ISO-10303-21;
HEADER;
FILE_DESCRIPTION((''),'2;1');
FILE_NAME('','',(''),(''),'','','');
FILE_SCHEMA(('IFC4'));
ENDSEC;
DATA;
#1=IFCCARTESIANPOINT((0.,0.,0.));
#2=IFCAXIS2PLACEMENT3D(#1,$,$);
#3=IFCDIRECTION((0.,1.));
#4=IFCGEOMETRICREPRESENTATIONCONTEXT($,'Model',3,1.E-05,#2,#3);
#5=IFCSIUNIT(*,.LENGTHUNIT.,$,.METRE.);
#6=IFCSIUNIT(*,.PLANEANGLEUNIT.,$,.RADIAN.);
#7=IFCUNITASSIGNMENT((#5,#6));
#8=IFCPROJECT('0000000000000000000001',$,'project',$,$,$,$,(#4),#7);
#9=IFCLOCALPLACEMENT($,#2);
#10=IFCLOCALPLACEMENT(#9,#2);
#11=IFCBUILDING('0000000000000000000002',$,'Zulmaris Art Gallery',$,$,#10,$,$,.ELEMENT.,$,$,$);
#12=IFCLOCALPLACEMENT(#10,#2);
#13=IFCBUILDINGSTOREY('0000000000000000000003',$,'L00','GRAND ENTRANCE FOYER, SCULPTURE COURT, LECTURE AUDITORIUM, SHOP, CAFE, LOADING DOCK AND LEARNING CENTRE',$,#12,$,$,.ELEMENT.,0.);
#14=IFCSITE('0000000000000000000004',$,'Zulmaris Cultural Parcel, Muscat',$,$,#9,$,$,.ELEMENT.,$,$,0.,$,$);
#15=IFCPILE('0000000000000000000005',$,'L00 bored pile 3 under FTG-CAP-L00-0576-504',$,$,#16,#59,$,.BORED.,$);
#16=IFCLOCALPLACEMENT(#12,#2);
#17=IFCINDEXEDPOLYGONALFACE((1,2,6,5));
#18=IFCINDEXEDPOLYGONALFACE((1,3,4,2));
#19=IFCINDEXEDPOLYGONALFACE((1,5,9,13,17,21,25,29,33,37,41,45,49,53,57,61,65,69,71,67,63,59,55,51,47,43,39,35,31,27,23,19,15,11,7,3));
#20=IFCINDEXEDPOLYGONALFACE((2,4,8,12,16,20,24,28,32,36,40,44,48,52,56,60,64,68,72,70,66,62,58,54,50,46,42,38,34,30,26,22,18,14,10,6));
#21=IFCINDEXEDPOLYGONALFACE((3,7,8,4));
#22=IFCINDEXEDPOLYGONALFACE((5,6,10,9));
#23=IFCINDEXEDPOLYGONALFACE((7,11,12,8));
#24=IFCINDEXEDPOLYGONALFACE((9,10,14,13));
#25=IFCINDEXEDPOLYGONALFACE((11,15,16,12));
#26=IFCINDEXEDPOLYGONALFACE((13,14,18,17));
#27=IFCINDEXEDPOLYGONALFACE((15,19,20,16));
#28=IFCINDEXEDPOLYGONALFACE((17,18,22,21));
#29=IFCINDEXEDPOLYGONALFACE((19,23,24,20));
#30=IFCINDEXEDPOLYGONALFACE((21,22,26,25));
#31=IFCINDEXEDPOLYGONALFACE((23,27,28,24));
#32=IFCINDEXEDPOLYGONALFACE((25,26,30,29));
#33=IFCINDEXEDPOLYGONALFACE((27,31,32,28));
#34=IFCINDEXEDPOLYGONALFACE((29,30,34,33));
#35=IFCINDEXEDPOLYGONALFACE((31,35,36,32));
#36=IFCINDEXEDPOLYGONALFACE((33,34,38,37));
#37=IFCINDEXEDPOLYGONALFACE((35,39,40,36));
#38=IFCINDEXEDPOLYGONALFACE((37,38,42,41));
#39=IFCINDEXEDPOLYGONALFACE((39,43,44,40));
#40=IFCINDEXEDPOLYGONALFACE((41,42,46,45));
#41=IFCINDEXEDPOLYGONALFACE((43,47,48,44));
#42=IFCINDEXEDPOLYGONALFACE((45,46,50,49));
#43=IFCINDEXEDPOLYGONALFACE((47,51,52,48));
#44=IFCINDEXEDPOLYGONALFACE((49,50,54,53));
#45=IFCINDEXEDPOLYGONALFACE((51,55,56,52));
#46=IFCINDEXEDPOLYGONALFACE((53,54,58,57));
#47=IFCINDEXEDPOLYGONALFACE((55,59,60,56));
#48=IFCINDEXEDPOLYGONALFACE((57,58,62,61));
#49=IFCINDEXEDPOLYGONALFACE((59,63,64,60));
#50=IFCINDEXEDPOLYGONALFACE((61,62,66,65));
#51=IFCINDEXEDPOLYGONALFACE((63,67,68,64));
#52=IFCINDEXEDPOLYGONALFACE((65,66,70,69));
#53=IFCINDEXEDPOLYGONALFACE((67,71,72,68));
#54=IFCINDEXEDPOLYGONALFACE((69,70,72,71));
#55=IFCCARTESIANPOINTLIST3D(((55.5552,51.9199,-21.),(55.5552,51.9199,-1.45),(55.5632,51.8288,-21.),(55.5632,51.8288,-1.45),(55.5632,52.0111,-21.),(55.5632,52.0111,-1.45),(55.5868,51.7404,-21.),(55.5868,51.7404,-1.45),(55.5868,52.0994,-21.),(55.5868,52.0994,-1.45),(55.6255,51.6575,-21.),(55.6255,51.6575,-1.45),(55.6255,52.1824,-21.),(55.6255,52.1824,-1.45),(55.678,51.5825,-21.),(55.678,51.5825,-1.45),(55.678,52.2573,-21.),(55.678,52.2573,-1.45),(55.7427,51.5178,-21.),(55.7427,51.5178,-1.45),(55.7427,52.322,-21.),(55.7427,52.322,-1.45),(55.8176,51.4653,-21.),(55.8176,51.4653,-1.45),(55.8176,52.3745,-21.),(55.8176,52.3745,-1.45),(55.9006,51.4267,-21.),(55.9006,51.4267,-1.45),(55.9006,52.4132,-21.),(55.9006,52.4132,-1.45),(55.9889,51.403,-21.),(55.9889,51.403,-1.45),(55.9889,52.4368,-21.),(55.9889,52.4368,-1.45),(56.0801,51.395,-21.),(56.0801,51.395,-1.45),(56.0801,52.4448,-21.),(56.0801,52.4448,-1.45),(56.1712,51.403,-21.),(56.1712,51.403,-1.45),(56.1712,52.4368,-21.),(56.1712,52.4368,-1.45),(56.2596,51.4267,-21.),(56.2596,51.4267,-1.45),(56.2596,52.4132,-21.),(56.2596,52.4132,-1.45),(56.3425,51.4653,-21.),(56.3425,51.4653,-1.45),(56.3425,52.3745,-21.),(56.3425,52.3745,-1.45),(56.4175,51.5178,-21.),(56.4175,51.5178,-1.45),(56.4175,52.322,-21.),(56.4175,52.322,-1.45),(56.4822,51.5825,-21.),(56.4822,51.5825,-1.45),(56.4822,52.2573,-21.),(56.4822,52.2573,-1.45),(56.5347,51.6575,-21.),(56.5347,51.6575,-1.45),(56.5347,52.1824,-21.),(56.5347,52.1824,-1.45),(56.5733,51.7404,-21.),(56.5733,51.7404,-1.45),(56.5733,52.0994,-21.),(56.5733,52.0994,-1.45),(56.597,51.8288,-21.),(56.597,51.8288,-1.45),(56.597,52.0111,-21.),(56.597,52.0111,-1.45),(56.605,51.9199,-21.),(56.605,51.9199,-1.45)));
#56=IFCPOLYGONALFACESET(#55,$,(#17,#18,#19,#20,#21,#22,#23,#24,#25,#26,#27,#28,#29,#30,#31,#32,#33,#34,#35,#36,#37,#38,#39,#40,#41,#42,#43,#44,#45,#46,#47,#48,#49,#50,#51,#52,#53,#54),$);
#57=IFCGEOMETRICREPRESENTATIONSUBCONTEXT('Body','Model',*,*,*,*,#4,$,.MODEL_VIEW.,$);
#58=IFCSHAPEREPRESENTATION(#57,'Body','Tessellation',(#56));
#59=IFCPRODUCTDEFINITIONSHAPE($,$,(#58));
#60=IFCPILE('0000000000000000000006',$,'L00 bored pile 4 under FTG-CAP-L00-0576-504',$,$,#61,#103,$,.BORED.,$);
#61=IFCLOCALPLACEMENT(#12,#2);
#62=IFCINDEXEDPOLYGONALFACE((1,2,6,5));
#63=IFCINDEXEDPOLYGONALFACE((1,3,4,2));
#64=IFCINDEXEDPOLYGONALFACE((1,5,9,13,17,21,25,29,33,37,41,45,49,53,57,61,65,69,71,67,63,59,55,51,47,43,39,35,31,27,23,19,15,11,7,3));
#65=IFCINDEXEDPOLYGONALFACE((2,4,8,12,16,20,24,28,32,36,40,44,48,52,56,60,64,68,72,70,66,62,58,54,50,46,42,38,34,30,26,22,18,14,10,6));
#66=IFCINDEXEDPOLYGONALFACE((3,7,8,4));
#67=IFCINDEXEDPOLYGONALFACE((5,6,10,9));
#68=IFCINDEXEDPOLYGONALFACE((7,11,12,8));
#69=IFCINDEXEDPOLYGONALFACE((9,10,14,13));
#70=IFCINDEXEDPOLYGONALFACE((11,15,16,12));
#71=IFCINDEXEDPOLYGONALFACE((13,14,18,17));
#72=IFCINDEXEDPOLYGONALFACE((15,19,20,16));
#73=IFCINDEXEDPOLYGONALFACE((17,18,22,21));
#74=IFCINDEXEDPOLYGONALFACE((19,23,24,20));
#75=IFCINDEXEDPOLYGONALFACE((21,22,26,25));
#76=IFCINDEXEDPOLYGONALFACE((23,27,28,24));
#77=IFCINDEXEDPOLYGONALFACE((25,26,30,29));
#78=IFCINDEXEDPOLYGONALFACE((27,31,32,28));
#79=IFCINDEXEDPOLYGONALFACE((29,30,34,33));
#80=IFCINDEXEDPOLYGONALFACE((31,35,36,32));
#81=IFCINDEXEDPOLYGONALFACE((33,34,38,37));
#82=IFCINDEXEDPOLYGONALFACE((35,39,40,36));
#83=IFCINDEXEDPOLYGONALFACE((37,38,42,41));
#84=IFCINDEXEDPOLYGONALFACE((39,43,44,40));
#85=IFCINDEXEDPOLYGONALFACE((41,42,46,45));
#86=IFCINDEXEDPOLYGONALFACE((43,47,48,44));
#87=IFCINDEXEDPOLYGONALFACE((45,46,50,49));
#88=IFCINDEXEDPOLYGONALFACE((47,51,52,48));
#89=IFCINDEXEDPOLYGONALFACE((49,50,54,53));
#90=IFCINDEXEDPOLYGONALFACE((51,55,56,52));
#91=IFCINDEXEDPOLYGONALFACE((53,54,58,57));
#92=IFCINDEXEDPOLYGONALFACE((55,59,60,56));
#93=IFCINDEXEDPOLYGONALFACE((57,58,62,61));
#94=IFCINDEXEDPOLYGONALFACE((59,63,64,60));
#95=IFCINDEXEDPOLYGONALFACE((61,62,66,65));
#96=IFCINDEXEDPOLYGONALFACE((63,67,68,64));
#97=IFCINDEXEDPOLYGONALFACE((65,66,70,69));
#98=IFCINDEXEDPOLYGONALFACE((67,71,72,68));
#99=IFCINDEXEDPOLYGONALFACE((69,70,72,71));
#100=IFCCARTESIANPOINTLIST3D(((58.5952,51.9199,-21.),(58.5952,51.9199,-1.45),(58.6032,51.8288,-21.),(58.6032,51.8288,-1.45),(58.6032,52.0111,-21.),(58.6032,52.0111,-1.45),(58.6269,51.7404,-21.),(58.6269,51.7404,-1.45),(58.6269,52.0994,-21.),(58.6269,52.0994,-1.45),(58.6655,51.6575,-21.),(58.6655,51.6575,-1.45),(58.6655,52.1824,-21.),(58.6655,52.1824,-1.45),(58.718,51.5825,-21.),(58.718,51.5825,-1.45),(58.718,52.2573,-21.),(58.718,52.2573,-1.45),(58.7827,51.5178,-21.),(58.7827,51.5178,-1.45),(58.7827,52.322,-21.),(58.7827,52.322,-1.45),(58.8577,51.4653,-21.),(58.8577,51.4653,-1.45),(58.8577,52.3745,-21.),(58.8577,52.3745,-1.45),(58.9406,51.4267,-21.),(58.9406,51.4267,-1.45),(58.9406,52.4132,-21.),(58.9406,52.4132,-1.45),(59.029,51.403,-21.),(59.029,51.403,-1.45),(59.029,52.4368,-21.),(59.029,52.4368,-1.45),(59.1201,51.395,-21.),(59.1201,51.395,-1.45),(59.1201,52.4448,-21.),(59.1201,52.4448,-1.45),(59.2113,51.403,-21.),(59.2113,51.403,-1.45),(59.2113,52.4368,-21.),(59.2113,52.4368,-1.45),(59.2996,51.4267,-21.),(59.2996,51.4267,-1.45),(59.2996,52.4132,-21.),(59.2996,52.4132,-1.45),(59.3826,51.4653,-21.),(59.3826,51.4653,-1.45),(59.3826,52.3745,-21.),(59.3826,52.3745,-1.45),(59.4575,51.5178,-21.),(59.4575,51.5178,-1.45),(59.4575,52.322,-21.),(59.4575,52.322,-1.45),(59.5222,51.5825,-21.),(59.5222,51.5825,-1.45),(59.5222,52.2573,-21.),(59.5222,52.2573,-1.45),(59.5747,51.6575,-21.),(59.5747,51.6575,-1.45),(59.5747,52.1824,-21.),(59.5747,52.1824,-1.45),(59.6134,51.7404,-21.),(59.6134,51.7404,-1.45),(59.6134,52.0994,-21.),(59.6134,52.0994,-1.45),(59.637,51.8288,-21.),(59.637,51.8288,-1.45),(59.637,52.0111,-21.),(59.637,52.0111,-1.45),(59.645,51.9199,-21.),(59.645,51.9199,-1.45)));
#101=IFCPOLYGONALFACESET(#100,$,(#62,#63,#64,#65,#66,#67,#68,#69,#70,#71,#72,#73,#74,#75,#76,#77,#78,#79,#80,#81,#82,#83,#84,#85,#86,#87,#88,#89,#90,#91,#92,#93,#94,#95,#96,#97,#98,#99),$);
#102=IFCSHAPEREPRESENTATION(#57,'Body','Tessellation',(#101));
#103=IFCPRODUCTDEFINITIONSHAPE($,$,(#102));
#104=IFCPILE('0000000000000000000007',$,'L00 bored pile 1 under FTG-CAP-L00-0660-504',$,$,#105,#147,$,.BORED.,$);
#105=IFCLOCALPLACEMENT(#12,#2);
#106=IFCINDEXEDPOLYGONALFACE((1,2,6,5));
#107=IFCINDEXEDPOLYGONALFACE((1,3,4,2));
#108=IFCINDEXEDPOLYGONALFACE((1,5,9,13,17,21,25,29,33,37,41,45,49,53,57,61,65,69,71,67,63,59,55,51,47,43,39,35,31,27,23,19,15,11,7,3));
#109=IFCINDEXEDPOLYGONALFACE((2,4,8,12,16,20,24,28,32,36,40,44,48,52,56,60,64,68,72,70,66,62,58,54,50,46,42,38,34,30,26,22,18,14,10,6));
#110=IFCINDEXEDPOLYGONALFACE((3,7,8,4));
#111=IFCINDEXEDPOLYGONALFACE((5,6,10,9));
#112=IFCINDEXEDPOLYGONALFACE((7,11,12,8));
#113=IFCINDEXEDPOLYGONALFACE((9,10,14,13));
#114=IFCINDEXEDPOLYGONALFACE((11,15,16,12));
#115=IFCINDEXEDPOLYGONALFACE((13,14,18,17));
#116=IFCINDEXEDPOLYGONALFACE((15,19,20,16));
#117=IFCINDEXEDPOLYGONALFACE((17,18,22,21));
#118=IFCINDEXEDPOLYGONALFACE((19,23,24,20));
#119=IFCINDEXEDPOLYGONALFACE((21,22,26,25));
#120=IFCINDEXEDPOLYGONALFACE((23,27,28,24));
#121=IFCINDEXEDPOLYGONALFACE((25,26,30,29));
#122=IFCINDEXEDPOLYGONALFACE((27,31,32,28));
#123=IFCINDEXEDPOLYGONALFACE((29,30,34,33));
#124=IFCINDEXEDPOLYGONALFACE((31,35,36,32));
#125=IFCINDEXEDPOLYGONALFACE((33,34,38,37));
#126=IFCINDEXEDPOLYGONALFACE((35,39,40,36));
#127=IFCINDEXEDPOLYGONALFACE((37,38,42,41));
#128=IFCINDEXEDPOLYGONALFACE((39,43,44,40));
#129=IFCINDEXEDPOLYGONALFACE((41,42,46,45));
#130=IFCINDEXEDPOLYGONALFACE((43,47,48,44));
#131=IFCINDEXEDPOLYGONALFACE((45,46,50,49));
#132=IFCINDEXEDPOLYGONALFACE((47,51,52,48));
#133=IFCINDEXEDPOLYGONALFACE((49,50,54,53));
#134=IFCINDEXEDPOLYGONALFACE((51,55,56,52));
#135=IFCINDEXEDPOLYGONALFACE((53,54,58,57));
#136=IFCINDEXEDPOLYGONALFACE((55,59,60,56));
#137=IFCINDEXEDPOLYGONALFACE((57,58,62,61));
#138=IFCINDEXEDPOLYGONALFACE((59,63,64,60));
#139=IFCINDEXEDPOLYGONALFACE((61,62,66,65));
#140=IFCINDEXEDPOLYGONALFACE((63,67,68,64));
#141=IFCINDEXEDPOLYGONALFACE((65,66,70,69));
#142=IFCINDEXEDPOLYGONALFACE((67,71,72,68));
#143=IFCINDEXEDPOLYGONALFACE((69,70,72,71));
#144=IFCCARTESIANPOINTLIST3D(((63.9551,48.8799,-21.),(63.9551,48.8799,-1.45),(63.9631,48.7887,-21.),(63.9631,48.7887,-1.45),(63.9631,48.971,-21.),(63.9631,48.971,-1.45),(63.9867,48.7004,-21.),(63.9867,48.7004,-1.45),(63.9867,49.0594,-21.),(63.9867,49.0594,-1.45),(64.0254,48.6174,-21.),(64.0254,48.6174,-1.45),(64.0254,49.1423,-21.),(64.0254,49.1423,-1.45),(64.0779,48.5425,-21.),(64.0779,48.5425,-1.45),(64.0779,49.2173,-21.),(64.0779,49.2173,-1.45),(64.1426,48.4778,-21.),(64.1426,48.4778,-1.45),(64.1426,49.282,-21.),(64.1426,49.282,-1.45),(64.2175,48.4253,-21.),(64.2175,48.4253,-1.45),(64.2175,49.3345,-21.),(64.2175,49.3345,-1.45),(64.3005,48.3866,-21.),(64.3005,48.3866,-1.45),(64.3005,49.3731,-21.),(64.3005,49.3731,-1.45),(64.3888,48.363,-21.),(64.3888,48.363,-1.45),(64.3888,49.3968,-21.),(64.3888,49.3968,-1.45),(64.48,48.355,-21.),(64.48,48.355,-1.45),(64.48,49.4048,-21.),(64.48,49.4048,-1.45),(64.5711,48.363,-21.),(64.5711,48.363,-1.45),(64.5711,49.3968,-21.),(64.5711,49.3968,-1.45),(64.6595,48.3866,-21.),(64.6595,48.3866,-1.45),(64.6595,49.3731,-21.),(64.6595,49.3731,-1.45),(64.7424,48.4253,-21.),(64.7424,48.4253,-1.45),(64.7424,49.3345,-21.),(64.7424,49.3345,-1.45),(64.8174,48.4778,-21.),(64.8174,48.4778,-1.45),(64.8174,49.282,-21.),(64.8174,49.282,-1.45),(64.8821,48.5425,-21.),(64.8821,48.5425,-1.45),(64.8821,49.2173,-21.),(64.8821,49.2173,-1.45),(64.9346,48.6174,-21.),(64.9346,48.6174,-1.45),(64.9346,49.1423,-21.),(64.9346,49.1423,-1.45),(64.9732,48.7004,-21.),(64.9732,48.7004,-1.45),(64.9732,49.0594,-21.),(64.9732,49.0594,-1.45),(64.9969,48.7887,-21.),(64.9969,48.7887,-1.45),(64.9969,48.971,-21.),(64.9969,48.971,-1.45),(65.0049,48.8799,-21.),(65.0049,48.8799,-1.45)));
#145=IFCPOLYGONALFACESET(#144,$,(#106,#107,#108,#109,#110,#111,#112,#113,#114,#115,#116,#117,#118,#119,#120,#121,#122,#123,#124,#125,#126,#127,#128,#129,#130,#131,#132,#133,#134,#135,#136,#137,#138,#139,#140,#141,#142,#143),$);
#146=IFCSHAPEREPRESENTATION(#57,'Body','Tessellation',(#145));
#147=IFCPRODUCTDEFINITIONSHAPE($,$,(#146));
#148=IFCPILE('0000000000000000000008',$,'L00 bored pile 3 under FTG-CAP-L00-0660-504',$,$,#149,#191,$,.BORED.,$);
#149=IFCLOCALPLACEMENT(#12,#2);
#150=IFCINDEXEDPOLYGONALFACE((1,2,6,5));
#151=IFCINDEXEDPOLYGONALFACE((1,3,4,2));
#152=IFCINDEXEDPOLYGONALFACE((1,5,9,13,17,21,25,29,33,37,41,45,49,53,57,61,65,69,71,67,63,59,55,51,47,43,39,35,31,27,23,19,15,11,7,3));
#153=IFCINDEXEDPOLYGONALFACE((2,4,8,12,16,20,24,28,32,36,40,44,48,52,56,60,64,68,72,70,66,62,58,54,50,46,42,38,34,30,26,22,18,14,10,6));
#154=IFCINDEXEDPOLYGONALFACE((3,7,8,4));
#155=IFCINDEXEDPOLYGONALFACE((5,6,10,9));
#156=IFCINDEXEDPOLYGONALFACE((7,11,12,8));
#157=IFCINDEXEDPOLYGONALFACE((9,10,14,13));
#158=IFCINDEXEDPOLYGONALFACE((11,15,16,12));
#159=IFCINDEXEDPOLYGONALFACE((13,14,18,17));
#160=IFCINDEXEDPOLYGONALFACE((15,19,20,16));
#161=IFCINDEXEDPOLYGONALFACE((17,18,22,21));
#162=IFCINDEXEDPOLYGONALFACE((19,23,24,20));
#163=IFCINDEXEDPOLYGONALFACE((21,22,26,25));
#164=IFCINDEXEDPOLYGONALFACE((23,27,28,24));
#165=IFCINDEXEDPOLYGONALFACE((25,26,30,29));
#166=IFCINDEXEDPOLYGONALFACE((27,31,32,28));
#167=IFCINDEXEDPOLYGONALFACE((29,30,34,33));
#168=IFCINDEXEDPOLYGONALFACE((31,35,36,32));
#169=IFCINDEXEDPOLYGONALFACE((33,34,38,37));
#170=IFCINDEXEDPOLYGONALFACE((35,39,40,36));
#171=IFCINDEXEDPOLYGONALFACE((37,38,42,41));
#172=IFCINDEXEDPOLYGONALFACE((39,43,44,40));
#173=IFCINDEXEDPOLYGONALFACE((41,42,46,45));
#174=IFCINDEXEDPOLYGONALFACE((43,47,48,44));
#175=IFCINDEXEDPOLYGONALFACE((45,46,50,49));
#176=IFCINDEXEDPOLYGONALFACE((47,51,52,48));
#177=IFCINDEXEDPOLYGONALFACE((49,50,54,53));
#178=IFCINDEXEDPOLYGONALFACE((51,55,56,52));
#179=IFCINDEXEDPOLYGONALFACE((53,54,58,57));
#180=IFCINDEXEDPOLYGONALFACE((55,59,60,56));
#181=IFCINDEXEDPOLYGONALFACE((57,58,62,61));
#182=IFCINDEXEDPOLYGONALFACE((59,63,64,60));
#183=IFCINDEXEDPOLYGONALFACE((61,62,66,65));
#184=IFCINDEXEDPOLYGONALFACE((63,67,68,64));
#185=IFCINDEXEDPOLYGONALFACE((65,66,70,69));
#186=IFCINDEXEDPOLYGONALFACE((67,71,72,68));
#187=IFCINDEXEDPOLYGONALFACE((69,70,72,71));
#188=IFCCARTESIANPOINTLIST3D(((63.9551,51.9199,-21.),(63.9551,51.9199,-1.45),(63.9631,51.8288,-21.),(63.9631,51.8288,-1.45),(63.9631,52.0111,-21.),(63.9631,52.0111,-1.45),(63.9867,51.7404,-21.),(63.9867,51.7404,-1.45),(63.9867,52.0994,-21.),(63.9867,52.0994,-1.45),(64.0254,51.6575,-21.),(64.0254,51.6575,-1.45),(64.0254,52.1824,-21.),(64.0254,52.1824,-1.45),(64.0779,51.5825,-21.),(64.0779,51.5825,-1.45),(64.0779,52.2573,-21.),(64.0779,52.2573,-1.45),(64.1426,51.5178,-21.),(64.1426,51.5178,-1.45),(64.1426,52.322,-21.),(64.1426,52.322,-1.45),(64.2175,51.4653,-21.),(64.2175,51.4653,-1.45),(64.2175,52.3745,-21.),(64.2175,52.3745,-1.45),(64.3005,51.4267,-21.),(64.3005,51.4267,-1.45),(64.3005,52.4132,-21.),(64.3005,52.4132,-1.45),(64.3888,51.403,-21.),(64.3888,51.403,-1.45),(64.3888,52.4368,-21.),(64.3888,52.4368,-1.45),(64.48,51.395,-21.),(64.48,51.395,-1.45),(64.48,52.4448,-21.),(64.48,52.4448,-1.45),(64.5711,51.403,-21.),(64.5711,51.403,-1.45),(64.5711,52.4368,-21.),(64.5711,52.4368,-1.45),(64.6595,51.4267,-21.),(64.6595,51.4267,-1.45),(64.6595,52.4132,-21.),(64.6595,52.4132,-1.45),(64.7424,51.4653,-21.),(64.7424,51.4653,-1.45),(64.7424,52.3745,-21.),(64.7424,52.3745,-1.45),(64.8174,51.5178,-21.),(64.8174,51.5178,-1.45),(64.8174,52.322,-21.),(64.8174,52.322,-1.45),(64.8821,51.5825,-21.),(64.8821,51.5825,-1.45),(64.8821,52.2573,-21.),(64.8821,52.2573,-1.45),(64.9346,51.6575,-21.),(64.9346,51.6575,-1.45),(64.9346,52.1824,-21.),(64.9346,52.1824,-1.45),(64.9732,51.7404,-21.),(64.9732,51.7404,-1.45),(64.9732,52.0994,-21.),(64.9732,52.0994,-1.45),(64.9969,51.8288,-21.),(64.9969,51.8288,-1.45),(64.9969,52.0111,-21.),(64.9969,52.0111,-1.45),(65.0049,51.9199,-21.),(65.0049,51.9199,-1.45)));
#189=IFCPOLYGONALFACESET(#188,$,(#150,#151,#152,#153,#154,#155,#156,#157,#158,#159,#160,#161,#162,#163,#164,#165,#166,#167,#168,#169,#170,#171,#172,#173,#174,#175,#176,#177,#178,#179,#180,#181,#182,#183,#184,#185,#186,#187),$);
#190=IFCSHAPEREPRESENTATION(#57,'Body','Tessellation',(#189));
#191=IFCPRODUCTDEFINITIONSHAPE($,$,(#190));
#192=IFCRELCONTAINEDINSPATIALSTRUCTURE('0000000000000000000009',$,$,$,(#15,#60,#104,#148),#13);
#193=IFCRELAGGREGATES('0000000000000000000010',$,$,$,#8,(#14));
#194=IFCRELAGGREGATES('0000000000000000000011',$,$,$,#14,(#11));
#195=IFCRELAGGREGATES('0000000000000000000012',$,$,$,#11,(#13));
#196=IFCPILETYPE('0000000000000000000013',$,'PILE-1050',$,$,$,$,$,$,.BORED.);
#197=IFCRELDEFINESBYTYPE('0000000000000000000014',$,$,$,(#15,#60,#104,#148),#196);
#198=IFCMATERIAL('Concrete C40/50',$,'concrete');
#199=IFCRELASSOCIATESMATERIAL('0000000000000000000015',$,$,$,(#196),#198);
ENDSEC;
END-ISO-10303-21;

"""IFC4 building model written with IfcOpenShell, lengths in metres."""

from ifc_helpers import new_model, si_unit, direction, frame, origin, origin_2d, place, context, subcontext, project, spatial, circle, extrude, material, material_profile, profile_set, type_object, element, save


model = new_model("IFC4")

# Units and contexts
model_context = context("Model", 3, precision=1e-05, world=origin(), true_north=direction((0.0, 1.0)))
body_context = subcontext(model_context, "Body", "Model", "MODEL_VIEW")
ifc_project = project(units=[si_unit("LENGTHUNIT", "METRE"), si_unit("PLANEANGLEUNIT", "RADIAN")], contexts=[model_context])

# Site, building, storey
site_placement = place(None, origin())
site = spatial("IfcSite", under=ifc_project, at=site_placement, Name="Zulmaris Cultural Parcel, Muscat", CompositionType="ELEMENT", RefElevation=0.0)
building_placement = place(site_placement, origin())
building = spatial("IfcBuilding", under=site, at=building_placement, Name="Zulmaris Art Gallery", CompositionType="ELEMENT")
storey_placement = place(building_placement, origin())
storey = spatial("IfcBuildingStorey", under=building, at=storey_placement, Name="L00", Description="GRAND ENTRANCE FOYER, SCULPTURE COURT, LECTURE AUDITORIUM, SHOP, CAFE, LOADING DOCK AND LEARNING CENTRE", CompositionType="ELEMENT", Elevation=0.0)

# Piles
ifc_material_1 = material(Name="Concrete C40/50", Category="concrete")
ifc_material_profile_1 = material_profile(ifc_material_1, circle(Radius=0.5249, at=origin_2d()), Name="PILE DIA 1050")
ifc_profile_set_1 = profile_set([ifc_material_profile_1], Name="Concrete C40/50")
pile_type_1 = type_object("IfcPileType", Name="PILE-1050", PredefinedType="BORED", material=ifc_profile_set_1)
for number, where, z_axis, x_axis, name in (
    (1, (56.0801, 51.9199, -1.45), (0.0, 0.0, -1.0), (1.0, 0.0, 0.0), "L00 bored pile 3 under FTG-CAP-L00-0576-504"),
    (2, (59.1201, 51.9199, -1.45), (0.0, 0.0, -1.0), (1.0, 0.0, 0.0), "L00 bored pile 4 under FTG-CAP-L00-0576-504"),
    (3, (64.48, 48.8799, -1.45), (0.0, 0.0, -1.0), (1.0, 0.0, 0.0), "L00 bored pile 1 under FTG-CAP-L00-0660-504"),
    (4, (64.48, 51.9199, -1.45), (0.0, 0.0, -1.0), (1.0, 0.0, 0.0), "L00 bored pile 3 under FTG-CAP-L00-0660-504"),
):
    element("IfcPile", number, at=place(storey_placement, frame(where, z_axis=z_axis, x_axis=x_axis)), inside=storey, type_object=pile_type_1, Name=name, PredefinedType="BORED", context=body_context, shape_type="SweptSolid", body=[
        extrude(circle(Radius=0.5249, at=origin_2d()), origin(), (0.0, 0.0, 1.0), 19.55),
    ])

save(model, "model.ifc")
